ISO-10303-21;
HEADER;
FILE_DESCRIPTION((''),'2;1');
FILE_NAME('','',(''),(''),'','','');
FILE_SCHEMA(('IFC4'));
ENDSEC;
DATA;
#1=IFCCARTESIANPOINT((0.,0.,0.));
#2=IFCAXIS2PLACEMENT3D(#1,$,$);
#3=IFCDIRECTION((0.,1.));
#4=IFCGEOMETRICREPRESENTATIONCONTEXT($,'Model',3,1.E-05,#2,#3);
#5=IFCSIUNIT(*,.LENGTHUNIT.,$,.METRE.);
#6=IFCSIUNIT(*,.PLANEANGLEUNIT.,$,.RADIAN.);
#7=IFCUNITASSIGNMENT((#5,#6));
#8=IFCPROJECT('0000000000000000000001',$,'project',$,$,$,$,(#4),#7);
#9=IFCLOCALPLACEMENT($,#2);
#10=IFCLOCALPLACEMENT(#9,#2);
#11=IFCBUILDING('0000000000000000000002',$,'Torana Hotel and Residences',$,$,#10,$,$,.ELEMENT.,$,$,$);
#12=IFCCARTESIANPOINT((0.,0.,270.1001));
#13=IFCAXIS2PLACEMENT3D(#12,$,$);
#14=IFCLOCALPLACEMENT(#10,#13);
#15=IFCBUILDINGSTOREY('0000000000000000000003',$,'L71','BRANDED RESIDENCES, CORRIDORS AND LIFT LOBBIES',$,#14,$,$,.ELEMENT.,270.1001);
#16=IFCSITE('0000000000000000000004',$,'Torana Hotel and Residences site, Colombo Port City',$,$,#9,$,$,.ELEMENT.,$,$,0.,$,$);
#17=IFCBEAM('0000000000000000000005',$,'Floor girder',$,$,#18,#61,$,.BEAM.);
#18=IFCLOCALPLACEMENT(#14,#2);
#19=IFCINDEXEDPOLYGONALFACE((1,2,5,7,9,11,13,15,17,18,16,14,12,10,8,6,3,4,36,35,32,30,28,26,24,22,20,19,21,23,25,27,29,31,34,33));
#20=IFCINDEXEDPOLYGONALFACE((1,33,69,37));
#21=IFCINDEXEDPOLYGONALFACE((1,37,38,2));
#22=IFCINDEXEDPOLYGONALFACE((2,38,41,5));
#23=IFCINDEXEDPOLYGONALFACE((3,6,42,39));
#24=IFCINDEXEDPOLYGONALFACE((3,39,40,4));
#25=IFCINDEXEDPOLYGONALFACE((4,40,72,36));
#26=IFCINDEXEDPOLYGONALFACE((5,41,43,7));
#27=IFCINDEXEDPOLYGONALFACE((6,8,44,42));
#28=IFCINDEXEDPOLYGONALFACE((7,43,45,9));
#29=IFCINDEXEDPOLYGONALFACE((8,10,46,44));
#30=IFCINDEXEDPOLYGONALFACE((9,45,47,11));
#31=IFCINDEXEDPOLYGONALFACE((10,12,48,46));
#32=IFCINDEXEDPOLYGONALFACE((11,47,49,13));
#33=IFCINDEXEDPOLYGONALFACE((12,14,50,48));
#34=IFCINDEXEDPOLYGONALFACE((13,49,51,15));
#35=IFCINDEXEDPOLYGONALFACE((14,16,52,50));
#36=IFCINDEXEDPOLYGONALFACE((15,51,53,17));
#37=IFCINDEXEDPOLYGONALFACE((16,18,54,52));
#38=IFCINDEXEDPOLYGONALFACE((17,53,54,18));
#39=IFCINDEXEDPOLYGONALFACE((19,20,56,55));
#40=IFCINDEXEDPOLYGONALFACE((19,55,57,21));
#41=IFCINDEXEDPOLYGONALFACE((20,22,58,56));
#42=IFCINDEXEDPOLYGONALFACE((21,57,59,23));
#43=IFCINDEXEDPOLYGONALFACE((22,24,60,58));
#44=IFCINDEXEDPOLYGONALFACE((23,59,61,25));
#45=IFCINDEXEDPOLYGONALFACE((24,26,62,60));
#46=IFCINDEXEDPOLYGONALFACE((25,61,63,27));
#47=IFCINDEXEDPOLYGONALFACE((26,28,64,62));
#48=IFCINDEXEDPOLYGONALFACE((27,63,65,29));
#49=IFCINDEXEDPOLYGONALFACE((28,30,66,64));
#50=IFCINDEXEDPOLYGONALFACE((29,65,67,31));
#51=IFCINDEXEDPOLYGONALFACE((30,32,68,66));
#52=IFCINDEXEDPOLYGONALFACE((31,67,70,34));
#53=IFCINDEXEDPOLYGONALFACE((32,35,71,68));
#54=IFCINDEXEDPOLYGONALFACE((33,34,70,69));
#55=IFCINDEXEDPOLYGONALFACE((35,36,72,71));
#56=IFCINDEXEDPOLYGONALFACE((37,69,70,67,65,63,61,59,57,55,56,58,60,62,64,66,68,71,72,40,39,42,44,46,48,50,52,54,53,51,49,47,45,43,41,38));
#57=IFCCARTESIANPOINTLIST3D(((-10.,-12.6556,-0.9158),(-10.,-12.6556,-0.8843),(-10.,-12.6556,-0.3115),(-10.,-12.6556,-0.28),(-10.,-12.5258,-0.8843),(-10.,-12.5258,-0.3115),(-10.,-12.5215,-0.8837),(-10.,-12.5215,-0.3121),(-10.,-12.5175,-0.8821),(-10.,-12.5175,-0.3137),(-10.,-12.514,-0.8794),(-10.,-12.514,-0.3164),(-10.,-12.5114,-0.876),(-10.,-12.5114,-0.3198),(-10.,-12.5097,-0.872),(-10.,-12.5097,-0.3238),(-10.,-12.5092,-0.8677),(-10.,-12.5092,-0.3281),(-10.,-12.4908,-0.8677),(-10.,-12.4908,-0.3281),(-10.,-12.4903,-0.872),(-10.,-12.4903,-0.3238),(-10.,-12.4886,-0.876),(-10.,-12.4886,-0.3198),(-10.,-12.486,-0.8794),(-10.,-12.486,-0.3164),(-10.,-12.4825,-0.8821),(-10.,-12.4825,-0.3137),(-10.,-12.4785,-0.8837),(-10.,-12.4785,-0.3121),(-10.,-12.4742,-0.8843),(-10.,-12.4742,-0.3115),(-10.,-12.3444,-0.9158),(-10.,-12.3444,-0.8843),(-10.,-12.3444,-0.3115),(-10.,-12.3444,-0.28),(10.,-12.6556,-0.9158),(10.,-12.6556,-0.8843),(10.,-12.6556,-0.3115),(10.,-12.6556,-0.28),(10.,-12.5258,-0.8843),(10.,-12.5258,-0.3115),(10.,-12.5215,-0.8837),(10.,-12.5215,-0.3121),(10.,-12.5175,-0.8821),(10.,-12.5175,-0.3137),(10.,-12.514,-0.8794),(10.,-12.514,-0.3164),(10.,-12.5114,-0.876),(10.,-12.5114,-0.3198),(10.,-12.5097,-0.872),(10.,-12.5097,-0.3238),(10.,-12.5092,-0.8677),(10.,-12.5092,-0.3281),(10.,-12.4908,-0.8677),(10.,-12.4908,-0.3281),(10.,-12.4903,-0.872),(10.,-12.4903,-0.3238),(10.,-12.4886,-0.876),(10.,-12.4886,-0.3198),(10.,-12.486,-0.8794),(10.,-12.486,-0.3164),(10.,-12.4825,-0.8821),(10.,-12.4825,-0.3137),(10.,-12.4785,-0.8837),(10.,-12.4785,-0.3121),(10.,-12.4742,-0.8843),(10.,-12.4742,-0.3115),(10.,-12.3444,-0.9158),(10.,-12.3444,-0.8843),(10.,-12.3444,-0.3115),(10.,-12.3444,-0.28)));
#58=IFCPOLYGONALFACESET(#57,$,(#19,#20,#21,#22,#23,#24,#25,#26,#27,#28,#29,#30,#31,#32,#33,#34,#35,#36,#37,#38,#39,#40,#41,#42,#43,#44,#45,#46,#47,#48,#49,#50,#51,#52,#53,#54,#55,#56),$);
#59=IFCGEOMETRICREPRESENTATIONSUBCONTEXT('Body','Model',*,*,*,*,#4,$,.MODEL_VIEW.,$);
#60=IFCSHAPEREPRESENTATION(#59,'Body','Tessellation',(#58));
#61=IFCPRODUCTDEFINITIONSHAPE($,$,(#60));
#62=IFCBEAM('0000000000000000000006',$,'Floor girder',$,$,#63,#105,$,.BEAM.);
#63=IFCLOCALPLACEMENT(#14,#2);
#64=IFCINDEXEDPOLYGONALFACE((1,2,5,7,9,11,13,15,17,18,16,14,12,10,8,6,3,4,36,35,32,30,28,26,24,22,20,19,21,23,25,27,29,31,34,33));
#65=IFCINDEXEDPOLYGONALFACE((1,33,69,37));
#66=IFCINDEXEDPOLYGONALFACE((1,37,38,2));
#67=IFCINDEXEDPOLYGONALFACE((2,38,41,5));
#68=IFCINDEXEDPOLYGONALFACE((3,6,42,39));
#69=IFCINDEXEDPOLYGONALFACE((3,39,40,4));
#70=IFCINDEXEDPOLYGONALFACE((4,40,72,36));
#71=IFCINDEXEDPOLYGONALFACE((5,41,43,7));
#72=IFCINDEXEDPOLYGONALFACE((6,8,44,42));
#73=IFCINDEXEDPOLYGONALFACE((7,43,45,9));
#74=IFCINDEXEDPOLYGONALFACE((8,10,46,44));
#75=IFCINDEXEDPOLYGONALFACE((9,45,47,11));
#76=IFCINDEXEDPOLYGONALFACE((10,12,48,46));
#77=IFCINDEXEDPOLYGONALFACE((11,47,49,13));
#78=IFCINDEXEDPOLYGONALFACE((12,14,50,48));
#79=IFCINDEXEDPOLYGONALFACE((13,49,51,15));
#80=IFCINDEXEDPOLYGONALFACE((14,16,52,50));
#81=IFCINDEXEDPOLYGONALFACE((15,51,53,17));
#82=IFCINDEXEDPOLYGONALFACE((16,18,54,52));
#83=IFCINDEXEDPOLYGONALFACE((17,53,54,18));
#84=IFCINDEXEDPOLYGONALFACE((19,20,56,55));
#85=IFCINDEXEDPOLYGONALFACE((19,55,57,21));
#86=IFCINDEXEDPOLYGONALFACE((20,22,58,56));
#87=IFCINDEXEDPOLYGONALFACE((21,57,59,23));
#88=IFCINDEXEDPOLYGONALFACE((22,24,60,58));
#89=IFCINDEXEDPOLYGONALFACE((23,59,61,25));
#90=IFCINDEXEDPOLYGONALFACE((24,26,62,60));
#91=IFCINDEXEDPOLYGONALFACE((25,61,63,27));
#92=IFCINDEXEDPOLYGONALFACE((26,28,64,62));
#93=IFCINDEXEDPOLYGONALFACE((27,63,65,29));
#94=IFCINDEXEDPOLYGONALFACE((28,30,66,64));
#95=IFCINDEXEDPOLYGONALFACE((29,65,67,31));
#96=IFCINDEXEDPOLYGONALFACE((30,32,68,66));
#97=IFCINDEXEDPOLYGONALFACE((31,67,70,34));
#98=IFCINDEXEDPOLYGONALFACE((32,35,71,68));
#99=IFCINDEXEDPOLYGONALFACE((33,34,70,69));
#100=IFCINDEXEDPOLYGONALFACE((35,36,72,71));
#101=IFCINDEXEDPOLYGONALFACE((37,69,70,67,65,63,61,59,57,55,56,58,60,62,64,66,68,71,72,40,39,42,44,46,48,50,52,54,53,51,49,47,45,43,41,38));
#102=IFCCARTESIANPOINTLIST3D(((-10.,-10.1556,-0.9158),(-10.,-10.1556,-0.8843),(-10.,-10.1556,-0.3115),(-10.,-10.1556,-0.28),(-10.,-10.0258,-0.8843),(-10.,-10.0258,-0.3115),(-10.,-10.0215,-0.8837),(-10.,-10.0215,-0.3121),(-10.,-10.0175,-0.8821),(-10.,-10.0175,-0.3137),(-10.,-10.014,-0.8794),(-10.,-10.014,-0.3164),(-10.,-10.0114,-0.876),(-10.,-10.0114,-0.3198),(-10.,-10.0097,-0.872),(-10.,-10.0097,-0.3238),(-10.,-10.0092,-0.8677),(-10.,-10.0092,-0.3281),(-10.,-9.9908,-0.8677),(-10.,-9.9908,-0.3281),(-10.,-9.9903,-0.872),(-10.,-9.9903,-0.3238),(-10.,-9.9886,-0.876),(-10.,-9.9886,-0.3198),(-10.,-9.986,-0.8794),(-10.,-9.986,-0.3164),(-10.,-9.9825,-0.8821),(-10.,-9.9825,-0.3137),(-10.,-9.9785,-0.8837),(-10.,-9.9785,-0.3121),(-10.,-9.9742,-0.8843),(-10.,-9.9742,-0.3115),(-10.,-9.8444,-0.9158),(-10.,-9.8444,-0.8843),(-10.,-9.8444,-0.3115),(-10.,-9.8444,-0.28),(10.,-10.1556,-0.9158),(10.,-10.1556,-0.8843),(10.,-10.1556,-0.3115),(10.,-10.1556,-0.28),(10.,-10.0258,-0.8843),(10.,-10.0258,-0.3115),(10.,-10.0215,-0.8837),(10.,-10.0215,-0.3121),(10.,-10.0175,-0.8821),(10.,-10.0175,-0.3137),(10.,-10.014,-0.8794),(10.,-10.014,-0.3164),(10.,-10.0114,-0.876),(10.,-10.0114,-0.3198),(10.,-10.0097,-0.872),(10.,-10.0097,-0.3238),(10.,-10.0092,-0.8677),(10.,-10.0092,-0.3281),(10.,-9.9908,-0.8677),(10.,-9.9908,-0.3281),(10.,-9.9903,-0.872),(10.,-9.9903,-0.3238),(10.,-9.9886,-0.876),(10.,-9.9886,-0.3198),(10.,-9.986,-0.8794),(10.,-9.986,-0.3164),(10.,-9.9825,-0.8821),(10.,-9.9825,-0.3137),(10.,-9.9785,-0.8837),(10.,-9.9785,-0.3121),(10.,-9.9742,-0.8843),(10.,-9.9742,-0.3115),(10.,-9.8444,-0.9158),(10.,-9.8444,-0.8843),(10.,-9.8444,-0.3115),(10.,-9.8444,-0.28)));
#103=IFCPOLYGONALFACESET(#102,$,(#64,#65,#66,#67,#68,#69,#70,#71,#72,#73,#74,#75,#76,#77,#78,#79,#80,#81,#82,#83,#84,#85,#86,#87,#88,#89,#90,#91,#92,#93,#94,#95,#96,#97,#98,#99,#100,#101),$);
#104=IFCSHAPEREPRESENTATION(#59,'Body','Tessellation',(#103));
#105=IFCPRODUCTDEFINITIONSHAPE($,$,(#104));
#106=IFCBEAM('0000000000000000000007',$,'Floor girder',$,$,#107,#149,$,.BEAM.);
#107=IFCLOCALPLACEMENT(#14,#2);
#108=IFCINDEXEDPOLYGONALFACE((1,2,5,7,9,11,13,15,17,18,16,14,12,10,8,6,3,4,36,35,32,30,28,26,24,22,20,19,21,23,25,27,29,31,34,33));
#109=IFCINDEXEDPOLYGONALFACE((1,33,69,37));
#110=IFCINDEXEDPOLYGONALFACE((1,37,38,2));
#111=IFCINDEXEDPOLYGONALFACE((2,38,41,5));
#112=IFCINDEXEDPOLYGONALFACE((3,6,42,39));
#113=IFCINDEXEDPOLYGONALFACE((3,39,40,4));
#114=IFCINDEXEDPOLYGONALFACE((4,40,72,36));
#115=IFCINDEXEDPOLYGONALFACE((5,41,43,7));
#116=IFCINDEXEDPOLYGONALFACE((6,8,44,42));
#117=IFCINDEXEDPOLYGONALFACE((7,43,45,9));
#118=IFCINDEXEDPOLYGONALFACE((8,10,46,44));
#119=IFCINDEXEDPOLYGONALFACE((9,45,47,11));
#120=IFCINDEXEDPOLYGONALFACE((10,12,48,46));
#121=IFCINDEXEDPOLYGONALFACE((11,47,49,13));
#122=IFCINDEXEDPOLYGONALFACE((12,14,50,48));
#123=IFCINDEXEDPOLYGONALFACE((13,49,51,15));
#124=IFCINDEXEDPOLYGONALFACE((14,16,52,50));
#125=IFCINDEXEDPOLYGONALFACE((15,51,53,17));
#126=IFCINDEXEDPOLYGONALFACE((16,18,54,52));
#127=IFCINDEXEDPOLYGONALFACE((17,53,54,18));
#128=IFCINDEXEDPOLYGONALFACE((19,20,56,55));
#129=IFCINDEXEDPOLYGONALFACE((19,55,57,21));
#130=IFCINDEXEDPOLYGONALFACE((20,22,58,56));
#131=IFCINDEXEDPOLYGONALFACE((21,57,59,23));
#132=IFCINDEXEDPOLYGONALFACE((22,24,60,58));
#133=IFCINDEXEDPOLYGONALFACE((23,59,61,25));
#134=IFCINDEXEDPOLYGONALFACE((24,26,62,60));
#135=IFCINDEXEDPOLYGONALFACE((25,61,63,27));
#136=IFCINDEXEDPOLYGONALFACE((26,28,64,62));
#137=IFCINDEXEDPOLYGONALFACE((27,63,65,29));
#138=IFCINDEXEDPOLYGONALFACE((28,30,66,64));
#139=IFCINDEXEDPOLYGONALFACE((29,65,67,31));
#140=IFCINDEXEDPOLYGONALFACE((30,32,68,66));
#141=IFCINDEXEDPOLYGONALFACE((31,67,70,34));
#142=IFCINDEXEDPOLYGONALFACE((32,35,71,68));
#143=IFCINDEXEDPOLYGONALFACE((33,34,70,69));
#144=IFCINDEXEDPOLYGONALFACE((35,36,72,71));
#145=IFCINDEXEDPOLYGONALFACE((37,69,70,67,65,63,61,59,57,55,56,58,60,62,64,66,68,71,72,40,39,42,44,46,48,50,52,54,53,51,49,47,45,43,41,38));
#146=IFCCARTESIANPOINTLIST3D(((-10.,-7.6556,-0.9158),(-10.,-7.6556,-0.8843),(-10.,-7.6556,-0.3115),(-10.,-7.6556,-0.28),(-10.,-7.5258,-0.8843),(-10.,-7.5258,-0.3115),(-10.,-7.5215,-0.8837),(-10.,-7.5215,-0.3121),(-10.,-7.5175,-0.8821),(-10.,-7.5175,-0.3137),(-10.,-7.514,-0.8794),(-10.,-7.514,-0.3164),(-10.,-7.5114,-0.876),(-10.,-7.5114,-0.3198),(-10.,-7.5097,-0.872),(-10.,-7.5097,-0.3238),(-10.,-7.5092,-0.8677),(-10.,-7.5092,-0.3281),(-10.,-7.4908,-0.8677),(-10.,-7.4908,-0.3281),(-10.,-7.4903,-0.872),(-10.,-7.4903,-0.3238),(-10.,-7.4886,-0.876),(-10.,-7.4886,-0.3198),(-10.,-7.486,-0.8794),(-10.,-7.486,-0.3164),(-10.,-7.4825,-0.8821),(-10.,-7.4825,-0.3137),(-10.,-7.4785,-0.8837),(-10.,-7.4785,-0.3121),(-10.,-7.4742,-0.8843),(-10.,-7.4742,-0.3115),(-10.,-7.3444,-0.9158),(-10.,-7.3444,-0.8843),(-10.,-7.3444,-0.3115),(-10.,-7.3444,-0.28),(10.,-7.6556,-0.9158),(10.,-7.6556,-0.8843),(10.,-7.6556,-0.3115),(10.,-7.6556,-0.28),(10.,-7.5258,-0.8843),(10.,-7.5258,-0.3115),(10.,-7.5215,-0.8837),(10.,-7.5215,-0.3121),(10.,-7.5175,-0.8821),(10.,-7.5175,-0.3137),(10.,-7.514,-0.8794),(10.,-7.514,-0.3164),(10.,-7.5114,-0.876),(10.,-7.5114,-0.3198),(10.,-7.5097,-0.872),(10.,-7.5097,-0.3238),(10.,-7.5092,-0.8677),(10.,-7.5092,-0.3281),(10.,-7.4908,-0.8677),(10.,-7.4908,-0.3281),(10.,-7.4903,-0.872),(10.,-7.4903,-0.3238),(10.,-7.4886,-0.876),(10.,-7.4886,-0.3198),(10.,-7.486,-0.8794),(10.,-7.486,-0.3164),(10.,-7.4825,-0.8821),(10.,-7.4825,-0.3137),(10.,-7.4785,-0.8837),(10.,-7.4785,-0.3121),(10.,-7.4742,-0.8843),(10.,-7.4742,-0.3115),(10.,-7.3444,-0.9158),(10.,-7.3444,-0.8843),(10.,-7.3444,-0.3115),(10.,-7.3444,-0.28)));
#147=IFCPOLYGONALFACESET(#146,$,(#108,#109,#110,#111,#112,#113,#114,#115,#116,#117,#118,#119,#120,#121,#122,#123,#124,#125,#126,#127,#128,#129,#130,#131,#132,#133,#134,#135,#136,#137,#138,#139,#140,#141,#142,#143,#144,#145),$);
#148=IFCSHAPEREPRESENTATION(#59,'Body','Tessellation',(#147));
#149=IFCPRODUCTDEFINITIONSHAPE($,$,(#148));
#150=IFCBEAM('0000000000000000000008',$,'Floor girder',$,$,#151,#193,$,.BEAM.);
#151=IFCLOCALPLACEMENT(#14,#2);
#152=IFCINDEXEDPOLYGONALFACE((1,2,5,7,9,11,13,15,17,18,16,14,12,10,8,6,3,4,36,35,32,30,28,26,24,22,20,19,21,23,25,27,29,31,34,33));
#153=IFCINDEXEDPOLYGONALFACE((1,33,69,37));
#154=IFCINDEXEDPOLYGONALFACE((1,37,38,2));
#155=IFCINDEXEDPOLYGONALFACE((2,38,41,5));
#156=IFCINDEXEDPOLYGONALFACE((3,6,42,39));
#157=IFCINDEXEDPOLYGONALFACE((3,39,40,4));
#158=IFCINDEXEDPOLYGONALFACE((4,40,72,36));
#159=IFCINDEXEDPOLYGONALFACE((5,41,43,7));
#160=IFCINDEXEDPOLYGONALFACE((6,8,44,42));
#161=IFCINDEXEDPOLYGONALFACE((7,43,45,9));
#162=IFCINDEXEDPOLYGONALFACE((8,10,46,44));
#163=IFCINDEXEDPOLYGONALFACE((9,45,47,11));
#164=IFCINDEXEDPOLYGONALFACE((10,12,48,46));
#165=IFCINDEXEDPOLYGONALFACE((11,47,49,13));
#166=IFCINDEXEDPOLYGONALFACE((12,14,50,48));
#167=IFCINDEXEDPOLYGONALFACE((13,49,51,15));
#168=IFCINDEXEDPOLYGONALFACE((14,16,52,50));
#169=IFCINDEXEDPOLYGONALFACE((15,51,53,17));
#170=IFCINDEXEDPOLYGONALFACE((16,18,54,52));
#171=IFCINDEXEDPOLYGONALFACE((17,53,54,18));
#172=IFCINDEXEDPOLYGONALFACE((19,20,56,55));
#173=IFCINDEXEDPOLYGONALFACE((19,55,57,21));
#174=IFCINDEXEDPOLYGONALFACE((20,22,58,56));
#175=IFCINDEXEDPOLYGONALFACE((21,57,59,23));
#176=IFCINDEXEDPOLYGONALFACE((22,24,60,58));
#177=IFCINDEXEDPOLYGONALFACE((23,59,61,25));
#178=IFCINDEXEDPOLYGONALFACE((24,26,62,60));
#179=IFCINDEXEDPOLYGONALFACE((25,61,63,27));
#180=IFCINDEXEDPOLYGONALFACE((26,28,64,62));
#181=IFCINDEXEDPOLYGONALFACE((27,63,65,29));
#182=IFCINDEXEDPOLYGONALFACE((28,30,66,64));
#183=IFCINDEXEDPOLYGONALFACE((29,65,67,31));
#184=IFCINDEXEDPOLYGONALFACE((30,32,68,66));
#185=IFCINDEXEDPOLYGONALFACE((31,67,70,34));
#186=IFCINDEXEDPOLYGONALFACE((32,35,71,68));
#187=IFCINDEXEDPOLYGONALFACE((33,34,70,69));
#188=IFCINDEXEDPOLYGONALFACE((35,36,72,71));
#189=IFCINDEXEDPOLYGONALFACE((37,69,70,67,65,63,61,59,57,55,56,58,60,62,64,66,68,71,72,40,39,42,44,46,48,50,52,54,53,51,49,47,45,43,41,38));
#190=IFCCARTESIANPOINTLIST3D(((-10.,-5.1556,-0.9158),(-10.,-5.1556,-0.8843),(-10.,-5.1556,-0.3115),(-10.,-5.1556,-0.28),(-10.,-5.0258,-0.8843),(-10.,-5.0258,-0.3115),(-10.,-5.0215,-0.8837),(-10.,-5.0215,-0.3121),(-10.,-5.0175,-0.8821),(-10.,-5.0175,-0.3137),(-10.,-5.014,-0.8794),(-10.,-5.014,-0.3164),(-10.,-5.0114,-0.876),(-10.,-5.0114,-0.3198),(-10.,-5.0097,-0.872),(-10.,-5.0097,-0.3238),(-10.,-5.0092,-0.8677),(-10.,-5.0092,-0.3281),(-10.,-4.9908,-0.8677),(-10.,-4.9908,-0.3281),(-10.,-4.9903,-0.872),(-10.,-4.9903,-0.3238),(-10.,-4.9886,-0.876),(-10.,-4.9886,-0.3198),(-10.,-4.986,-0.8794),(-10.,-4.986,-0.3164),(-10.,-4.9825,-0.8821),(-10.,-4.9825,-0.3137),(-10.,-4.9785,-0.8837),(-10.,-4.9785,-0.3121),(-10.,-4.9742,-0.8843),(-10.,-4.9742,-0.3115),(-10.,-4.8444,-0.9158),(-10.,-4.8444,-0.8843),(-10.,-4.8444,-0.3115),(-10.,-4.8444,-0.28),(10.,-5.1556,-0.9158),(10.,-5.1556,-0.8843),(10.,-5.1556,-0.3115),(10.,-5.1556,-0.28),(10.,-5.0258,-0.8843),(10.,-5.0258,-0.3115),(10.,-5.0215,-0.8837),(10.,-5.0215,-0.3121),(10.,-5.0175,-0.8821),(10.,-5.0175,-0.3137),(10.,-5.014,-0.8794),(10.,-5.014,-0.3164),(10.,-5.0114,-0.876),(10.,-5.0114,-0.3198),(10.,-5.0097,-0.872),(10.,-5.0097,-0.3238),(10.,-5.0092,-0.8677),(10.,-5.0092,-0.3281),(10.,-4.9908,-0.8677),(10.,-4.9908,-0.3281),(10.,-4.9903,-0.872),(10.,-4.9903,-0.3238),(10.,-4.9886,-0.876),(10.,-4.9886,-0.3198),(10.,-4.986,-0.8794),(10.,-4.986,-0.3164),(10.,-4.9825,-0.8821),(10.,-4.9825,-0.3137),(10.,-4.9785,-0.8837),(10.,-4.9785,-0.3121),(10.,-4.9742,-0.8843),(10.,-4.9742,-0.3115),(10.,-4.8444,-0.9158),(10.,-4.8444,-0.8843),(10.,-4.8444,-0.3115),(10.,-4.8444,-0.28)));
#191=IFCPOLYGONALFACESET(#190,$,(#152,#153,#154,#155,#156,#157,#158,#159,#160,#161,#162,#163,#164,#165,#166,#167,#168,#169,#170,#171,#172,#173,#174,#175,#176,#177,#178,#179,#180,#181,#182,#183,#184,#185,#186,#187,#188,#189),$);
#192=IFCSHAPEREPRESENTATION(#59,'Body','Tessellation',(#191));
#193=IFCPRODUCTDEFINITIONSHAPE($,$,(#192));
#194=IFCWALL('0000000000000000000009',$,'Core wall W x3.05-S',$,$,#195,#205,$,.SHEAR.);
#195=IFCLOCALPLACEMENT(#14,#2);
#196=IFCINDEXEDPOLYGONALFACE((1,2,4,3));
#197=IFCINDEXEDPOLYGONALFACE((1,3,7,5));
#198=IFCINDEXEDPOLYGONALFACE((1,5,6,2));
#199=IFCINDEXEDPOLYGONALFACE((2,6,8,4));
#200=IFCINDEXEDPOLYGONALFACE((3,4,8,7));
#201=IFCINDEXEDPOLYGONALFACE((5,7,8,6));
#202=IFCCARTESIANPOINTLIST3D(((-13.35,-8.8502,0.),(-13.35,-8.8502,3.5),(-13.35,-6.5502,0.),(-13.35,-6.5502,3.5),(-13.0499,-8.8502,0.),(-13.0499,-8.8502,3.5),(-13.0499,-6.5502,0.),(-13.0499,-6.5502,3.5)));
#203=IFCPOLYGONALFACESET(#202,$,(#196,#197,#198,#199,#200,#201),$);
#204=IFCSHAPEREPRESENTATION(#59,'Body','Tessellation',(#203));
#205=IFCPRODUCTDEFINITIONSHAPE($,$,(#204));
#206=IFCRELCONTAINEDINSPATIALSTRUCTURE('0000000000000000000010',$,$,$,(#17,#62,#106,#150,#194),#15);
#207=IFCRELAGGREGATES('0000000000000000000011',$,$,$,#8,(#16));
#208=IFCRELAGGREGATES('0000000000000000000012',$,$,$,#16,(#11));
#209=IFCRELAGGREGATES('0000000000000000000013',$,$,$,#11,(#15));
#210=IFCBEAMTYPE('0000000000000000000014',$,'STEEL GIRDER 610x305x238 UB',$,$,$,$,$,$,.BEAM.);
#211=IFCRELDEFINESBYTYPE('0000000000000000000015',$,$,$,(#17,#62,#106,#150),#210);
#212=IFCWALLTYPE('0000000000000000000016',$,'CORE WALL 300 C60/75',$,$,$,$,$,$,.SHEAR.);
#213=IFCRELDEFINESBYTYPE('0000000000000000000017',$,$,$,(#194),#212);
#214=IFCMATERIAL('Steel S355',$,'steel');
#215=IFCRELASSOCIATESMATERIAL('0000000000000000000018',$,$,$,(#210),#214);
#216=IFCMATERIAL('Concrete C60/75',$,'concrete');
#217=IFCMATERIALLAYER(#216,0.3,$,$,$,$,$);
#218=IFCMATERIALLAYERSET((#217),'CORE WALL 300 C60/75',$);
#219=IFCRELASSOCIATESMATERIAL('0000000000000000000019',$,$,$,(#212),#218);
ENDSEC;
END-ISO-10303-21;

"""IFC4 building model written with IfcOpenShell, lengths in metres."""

from ifc_helpers import new_model, si_unit, direction, frame, frame_2d, origin, origin_2d, place, context, subcontext, project, spatial, rectangle, i_section, extrude, material, layer, layer_set, material_profile, profile_set, type_object, element, save


model = new_model("IFC4")

# Units and contexts
model_context = context("Model", 3, precision=1e-05, world=origin(), true_north=direction((0.0, 1.0)))
body_context = subcontext(model_context, "Body", "Model", "MODEL_VIEW")
ifc_project = project(units=[si_unit("LENGTHUNIT", "METRE"), si_unit("PLANEANGLEUNIT", "RADIAN")], contexts=[model_context])

# Site, building, storey
site_placement = place(None, origin())
site = spatial("IfcSite", under=ifc_project, at=site_placement, Name="Torana Hotel and Residences site, Colombo Port City", CompositionType="ELEMENT", RefElevation=0.0)
building_placement = place(site_placement, origin())
building = spatial("IfcBuilding", under=site, at=building_placement, Name="Torana Hotel and Residences", CompositionType="ELEMENT")
storey_placement = place(building_placement, frame((0.0, 0.0, 270.1001)))
storey = spatial("IfcBuildingStorey", under=building, at=storey_placement, Name="L71", Description="BRANDED RESIDENCES, CORRIDORS AND LIFT LOBBIES", CompositionType="ELEMENT", Elevation=270.1001)

# Beams
ifc_material_1 = material(Name="Steel S355", Category="steel")
ifc_material_profile = material_profile(ifc_material_1, i_section(OverallWidth=0.3113, OverallDepth=0.6357, WebThickness=0.0183, FlangeThickness=0.0315, FilletRadius=0.0166, at=origin_2d()), Name="610x305x238 UB")
ifc_profile_set = profile_set([ifc_material_profile], Name="Steel S355")
beam_type = type_object("IfcBeamType", Name="STEEL GIRDER 610x305x238 UB", PredefinedType="BEAM", material=ifc_profile_set)
for number, where, z_axis, x_axis, name in (
    (1, (-10.0, -12.5, -0.5979), (1.0, 0.0, 0.0), (0.0, 1.0, 0.0), "Floor girder"),
    (2, (-10.0, -10.0, -0.5979), (1.0, 0.0, 0.0), (0.0, 1.0, 0.0), "Floor girder"),
    (3, (-10.0, -7.5, -0.5979), (1.0, 0.0, 0.0), (0.0, 1.0, 0.0), "Floor girder"),
    (4, (-10.0, -5.0, -0.5979), (1.0, 0.0, 0.0), (0.0, 1.0, 0.0), "Floor girder"),
):
    element("IfcBeam", number, at=place(storey_placement, frame(where, z_axis=z_axis, x_axis=x_axis)), inside=storey, type_object=beam_type, Name=name, PredefinedType="BEAM", context=body_context, shape_type="SweptSolid", body=[
        extrude(i_section(OverallWidth=0.3113, OverallDepth=0.6357, WebThickness=0.0183, FlangeThickness=0.0315, FilletRadius=0.0166, at=origin_2d()), origin(), (0.0, 0.0, 1.0), 20.0),
    ])

# Wall
ifc_material_2 = material(Name="Concrete C60/75", Category="concrete")
ifc_layer_1 = layer(ifc_material_2, 0.3)
ifc_layer_set_1 = layer_set([ifc_layer_1], Name="CORE WALL 300 C60/75")
wall_type_1 = type_object("IfcWallType", Name="CORE WALL 300 C60/75", PredefinedType="SHEAR", material=ifc_layer_set_1)
wall_1_placement = place(storey_placement, frame((-13.2, -8.8501, 0.0), z_axis=(0.0, 0.0, 1.0), x_axis=(0.0, 1.0, 0.0)))
element("IfcWall", 5, at=wall_1_placement, inside=storey, type_object=wall_type_1, Name="Core wall W x3.05-S", PredefinedType="SHEAR", context=body_context, shape_type="SweptSolid", body=[
    extrude(rectangle(XDim=2.3, YDim=0.3, at=frame_2d((1.1499, 0.0))), origin(), (0.0, 0.0, 1.0), 3.5),
])

save(model, "model.ifc")
